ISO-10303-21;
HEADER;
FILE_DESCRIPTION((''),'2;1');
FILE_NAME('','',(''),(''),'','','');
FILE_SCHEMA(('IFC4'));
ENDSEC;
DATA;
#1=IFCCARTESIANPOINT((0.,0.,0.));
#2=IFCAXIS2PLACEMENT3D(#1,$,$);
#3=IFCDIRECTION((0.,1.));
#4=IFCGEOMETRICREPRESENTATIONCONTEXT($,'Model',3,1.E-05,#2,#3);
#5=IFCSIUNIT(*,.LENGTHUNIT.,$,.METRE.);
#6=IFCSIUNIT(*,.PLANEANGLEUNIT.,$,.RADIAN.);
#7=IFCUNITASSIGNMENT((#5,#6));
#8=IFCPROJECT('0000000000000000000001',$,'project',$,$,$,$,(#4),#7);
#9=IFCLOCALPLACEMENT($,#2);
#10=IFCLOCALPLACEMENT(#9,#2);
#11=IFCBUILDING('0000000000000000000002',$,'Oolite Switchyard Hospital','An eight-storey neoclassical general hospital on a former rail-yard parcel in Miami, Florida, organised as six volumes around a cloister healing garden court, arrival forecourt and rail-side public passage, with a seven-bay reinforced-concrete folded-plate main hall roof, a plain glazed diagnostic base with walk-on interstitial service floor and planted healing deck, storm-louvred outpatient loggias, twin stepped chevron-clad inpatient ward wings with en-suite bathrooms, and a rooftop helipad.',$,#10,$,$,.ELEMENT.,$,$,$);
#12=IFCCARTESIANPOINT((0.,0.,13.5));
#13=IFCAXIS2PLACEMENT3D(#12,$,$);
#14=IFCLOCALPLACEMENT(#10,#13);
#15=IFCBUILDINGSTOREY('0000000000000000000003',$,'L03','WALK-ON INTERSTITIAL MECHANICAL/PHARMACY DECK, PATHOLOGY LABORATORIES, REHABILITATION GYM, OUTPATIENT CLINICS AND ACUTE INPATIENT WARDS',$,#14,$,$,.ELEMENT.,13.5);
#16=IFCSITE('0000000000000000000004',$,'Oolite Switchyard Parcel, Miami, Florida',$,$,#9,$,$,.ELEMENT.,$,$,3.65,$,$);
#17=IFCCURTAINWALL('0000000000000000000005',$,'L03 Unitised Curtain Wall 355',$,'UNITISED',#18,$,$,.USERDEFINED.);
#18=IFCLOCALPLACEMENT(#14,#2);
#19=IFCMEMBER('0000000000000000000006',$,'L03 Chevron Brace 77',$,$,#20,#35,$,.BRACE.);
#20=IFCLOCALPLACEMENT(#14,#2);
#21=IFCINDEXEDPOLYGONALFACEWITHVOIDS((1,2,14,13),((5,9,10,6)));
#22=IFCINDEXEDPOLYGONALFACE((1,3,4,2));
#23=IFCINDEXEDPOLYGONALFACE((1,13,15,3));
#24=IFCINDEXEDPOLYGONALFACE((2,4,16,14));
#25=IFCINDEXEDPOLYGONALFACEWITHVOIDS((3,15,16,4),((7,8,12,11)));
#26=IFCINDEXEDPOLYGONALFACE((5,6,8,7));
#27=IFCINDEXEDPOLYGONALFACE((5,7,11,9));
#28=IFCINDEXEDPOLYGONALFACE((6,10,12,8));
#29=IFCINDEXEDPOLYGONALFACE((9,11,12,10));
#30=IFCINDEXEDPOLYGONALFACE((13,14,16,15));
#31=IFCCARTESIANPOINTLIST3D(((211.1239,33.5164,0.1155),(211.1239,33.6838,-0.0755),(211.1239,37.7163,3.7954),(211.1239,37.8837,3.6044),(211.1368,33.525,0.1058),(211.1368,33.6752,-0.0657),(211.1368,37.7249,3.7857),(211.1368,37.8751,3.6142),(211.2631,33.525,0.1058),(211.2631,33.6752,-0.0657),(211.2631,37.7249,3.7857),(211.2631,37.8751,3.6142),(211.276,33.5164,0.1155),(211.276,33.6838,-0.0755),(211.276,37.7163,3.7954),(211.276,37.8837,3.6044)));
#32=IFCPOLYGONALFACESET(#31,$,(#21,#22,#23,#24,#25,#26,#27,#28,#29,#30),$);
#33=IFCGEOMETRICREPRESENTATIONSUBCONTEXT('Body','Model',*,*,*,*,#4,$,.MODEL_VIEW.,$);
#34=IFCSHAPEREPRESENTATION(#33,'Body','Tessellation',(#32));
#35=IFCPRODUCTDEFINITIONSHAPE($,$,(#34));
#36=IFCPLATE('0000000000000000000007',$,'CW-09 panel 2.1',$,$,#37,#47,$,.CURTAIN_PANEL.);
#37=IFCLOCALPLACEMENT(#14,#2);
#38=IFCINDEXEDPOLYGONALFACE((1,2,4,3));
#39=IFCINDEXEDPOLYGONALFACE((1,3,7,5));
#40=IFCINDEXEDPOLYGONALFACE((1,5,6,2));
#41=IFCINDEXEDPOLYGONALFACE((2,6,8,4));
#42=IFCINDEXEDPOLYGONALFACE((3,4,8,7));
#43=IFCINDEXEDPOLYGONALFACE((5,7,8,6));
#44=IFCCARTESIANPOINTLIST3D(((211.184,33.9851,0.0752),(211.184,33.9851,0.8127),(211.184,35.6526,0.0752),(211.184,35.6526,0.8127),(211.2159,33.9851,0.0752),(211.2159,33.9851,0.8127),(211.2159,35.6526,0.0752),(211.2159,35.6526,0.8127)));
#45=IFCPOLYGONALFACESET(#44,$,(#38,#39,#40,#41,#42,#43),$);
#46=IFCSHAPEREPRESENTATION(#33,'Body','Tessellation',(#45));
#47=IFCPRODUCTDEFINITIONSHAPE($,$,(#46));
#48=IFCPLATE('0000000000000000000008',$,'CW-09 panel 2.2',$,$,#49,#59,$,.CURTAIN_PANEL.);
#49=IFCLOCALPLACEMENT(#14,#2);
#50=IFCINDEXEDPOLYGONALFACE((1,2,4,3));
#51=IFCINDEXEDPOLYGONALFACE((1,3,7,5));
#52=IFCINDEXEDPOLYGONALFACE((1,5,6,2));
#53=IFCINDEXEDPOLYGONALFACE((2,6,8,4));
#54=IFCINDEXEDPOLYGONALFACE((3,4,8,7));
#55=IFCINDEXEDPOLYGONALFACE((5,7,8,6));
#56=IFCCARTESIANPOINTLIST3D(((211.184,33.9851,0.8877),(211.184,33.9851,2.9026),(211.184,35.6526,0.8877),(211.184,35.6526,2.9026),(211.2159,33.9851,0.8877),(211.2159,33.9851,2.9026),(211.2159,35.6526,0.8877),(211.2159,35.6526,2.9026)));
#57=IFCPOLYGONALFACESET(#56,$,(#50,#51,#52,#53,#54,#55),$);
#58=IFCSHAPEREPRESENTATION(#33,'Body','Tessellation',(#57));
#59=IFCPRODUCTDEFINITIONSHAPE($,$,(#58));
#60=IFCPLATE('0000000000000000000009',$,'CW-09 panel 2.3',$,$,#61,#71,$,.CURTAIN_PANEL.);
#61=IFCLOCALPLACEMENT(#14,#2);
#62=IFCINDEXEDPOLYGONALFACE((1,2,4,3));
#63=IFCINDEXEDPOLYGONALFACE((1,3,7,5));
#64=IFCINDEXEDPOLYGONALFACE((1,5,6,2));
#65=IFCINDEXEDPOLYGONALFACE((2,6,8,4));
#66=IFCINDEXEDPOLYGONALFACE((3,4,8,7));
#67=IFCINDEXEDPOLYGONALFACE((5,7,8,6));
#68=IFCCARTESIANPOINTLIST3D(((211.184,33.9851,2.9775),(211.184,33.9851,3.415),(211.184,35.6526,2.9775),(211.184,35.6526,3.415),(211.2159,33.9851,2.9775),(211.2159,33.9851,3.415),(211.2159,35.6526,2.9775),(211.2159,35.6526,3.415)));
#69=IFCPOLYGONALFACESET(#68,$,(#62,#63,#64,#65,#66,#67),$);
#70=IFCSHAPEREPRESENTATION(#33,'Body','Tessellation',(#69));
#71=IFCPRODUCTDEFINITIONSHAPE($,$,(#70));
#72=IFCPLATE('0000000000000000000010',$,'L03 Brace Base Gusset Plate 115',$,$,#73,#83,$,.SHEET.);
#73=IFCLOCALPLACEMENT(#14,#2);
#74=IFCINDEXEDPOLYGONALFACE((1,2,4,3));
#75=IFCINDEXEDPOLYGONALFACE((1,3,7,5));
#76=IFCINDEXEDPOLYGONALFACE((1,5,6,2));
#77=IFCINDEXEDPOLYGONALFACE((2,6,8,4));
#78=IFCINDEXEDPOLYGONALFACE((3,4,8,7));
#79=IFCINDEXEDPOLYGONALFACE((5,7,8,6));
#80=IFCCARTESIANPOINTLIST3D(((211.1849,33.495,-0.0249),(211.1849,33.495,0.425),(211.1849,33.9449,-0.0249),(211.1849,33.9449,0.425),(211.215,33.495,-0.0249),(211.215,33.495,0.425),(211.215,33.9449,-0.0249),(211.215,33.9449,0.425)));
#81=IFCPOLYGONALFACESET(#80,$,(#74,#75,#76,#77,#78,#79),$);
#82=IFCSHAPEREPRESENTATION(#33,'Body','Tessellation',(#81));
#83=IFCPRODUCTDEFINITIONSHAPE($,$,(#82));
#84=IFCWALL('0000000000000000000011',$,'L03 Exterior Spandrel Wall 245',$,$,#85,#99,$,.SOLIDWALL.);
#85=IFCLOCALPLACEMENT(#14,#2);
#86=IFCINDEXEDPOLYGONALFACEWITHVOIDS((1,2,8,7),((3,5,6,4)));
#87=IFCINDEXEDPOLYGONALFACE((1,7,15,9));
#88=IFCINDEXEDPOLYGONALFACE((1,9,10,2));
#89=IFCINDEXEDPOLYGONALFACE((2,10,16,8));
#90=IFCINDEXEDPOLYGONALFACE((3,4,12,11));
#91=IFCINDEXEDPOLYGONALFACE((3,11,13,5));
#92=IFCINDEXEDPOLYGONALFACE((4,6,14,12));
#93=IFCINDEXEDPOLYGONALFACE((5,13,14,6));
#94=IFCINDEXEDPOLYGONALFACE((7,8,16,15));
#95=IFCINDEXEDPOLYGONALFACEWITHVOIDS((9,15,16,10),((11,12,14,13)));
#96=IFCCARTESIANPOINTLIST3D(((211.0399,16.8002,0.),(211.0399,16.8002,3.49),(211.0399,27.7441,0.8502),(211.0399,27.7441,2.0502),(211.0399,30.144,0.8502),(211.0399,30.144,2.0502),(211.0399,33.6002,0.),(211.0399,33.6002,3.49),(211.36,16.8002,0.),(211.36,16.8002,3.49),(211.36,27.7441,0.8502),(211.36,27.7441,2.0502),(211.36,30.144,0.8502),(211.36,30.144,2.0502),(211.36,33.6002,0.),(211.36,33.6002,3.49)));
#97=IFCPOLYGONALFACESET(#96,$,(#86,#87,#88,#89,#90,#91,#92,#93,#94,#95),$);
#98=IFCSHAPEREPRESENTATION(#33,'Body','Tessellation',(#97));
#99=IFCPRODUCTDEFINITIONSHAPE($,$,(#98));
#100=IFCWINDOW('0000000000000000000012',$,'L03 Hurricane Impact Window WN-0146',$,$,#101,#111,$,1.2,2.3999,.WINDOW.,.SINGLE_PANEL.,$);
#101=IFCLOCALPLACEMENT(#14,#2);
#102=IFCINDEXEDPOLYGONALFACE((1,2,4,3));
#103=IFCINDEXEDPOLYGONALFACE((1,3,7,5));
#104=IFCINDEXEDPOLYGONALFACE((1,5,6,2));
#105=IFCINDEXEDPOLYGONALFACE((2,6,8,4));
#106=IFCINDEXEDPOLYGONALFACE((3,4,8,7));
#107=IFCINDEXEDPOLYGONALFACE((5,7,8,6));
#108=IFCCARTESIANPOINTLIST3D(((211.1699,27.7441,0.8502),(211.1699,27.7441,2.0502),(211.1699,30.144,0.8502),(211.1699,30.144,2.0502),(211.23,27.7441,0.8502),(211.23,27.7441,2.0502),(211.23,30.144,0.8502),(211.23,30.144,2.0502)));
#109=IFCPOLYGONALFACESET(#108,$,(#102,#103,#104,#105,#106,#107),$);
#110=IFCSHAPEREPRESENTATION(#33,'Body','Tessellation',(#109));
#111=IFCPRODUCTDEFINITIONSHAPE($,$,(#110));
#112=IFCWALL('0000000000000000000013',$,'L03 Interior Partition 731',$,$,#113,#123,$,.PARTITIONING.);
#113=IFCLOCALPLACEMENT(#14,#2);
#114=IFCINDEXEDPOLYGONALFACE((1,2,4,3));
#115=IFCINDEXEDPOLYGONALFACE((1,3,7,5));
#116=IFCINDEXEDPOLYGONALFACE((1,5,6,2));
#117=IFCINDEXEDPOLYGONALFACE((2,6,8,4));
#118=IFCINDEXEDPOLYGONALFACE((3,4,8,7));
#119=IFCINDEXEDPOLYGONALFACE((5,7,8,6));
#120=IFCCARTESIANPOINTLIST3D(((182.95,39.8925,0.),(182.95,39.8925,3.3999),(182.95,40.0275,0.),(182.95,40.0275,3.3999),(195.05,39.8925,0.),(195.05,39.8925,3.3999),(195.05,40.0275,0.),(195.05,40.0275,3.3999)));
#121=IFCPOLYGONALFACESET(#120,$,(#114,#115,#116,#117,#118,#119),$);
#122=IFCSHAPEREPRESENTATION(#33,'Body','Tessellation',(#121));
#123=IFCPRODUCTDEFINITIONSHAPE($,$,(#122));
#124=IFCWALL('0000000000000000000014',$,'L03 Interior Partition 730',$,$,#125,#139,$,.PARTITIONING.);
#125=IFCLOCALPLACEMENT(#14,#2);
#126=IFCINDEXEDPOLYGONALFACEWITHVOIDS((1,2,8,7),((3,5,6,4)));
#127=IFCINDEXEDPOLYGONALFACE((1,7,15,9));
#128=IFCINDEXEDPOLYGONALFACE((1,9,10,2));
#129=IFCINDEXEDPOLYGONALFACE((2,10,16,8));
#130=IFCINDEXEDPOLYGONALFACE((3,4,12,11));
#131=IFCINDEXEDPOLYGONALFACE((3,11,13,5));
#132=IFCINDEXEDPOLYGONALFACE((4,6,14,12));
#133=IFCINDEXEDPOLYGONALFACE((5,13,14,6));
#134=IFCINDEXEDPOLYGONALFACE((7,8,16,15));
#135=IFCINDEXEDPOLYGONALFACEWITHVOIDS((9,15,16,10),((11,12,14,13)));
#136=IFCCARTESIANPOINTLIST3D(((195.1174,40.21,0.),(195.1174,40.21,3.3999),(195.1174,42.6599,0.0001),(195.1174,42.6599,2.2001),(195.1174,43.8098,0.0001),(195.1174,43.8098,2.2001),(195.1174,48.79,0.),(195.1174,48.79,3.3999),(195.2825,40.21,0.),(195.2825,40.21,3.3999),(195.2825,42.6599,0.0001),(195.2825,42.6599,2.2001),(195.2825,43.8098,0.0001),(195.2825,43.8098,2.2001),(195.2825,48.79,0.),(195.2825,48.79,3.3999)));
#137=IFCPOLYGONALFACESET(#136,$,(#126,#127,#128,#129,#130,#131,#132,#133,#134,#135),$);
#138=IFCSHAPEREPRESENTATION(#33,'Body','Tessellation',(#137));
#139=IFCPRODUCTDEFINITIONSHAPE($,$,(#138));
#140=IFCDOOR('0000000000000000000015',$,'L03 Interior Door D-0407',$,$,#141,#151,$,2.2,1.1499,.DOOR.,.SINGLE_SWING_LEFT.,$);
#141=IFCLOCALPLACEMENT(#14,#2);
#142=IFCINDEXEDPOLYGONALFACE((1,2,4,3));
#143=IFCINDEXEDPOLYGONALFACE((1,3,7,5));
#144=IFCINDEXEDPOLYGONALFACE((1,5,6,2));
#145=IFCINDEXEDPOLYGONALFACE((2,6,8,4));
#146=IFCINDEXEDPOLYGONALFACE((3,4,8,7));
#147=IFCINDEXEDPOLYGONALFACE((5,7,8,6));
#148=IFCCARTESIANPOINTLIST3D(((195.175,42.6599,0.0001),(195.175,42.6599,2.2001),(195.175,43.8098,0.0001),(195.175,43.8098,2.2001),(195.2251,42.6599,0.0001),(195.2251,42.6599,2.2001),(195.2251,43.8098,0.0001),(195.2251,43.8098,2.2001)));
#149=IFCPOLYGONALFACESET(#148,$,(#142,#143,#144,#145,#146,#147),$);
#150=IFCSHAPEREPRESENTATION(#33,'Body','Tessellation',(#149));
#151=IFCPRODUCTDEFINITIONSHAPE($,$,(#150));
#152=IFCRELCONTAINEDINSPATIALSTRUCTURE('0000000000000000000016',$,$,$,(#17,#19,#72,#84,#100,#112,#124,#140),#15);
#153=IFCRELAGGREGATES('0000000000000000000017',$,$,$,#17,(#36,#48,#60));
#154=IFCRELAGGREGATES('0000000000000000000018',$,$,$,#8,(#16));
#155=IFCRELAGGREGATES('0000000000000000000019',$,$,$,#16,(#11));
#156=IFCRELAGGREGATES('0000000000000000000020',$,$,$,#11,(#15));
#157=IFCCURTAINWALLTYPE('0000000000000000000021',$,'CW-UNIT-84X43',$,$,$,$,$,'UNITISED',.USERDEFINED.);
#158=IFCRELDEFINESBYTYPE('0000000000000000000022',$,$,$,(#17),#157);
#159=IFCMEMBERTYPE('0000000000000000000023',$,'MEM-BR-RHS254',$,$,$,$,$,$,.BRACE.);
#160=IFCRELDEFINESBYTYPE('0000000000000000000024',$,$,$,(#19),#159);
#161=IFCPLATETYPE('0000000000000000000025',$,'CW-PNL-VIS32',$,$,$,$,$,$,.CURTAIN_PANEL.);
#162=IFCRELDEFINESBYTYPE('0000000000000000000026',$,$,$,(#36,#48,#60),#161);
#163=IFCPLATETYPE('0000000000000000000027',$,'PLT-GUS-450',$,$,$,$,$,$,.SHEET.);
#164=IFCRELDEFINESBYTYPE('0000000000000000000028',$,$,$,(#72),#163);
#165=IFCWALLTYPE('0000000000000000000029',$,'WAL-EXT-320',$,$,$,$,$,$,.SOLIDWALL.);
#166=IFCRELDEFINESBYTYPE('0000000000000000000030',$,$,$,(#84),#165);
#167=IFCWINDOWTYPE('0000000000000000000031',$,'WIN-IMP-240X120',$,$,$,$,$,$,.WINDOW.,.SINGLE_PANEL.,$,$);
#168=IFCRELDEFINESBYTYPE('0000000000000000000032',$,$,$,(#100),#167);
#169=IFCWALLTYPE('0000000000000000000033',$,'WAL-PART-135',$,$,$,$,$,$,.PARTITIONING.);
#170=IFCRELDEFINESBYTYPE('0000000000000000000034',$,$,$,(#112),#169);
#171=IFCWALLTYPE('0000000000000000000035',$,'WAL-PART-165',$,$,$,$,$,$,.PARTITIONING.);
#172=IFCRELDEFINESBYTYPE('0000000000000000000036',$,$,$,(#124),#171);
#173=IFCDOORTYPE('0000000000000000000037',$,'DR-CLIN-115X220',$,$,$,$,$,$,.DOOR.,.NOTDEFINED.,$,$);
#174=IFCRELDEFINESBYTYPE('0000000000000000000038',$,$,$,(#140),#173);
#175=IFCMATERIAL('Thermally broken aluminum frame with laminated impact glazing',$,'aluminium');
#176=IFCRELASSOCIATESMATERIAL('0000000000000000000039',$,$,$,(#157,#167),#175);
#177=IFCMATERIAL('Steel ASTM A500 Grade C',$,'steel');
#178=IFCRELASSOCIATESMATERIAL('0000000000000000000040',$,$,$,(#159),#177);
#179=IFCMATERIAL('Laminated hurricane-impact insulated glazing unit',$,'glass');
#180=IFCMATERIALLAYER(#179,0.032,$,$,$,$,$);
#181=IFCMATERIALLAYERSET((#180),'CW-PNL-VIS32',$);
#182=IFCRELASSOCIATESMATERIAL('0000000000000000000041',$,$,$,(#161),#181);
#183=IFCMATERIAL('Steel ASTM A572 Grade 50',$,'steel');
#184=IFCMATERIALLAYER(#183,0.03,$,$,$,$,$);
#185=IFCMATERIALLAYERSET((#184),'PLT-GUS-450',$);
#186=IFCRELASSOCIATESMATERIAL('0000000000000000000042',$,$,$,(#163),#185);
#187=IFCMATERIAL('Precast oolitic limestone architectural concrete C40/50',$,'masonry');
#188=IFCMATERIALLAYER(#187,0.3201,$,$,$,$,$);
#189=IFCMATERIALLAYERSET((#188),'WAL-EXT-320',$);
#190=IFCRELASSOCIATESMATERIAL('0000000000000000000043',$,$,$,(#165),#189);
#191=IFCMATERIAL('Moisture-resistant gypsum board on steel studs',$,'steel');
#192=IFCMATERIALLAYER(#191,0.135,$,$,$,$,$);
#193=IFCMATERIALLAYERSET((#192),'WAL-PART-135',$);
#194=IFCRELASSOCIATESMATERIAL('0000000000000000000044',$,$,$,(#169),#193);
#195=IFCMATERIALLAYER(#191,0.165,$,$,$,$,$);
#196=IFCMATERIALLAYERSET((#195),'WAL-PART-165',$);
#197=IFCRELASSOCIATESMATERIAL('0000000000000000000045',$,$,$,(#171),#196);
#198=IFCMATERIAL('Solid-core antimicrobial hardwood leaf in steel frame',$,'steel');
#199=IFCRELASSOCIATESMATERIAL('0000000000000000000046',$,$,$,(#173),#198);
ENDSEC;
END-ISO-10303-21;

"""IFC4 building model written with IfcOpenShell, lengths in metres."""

from ifc_helpers import new_model, si_unit, direction, frame, frame_2d, origin, origin_2d, place, context, subcontext, project, spatial, rectangle, hollow_rectangle, extrude, material, layer, layer_set, material_profile, profile_set, type_object, element, fill, aggregate, save


model = new_model("IFC4")

# Units and contexts
model_context = context("Model", 3, precision=1e-05, world=origin(), true_north=direction((0.0, 1.0)))
body_context = subcontext(model_context, "Body", "Model", "MODEL_VIEW")
ifc_project = project(units=[si_unit("LENGTHUNIT", "METRE"), si_unit("PLANEANGLEUNIT", "RADIAN")], contexts=[model_context])

# Site, building, storey
site_placement = place(None, origin())
site = spatial("IfcSite", under=ifc_project, at=site_placement, Name="Oolite Switchyard Parcel, Miami, Florida", CompositionType="ELEMENT", RefElevation=3.65)
building_placement = place(site_placement, origin())
building = spatial("IfcBuilding", under=site, at=building_placement, Name="Oolite Switchyard Hospital", Description="An eight-storey neoclassical general hospital on a former rail-yard parcel in Miami, Florida, organised as six volumes around a cloister healing garden court, arrival forecourt and rail-side public passage, with a seven-bay reinforced-concrete folded-plate main hall roof, a plain glazed diagnostic base with walk-on interstitial service floor and planted healing deck, storm-louvred outpatient loggias, twin stepped chevron-clad inpatient ward wings with en-suite bathrooms, and a rooftop helipad.", CompositionType="ELEMENT")
storey_placement = place(building_placement, frame((0.0, 0.0, 13.5)))
storey = spatial("IfcBuildingStorey", under=building, at=storey_placement, Name="L03", Description="WALK-ON INTERSTITIAL MECHANICAL/PHARMACY DECK, PATHOLOGY LABORATORIES, REHABILITATION GYM, OUTPATIENT CLINICS AND ACUTE INPATIENT WARDS", CompositionType="ELEMENT", Elevation=13.5)

# Curtain wall
ifc_material_1 = material(Name="Thermally broken aluminum frame with laminated impact glazing", Category="aluminium")
curtain_wall_type = type_object("IfcCurtainWallType", Name="CW-UNIT-84X43", ElementType="UNITISED", PredefinedType="USERDEFINED", material=ifc_material_1)
curtain_wall_placement = place(storey_placement, origin())
curtain_wall = element("IfcCurtainWall", 1, at=curtain_wall_placement, inside=storey, type_object=curtain_wall_type, Name="L03 Unitised Curtain Wall 355", ObjectType="UNITISED", PredefinedType="USERDEFINED")

# Member
ifc_material_2 = material(Name="Steel ASTM A500 Grade C", Category="steel")
ifc_material_profile_1 = material_profile(ifc_material_2, hollow_rectangle(XDim=0.1521, YDim=0.2539, WallThickness=0.0129, at=origin_2d()), Name="HSS254X152X13")
ifc_profile_set_1 = profile_set([ifc_material_profile_1], Name="Steel ASTM A500 Grade C")
member_type_1 = type_object("IfcMemberType", Name="MEM-BR-RHS254", PredefinedType="BRACE", material=ifc_profile_set_1)
member_1_placement = place(storey_placement, frame((211.2, 33.6001, 0.02), z_axis=(0.0, 0.752135, 0.659009), x_axis=(-1.0, 0.0, 0.0)))
element("IfcMember", 2, at=member_1_placement, inside=storey, type_object=member_type_1, Name="L03 Chevron Brace 77", PredefinedType="BRACE", context=body_context, shape_type="SweptSolid", body=[
    extrude(hollow_rectangle(XDim=0.1521, YDim=0.2539, WallThickness=0.0129, at=origin_2d()), origin(), (0.0, 0.0, 1.0), 5.584),
])

# Plates
ifc_material_3 = material(Name="Laminated hurricane-impact insulated glazing unit", Category="glass")
ifc_layer_1 = layer(ifc_material_3, 0.032)
ifc_layer_set_1 = layer_set([ifc_layer_1], Name="CW-PNL-VIS32")
plate_type_1 = type_object("IfcPlateType", Name="CW-PNL-VIS32", PredefinedType="CURTAIN_PANEL", material=ifc_layer_set_1)
plate_1_placement = place(storey_placement, frame((211.2, 34.8188, 0.0752), z_axis=(0.0, 0.0, 1.0), x_axis=(0.0, -1.0, 0.0)))
plate_1 = element("IfcPlate", 3, at=plate_1_placement, type_object=plate_type_1, Name="CW-09 panel 2.1", PredefinedType="CURTAIN_PANEL", context=body_context, shape_type="SweptSolid", body=[
    extrude(rectangle(XDim=1.6675, YDim=0.032, at=origin_2d()), origin(), (0.0, 0.0, 1.0), 0.7375),
])
plate_2_placement = place(storey_placement, frame((211.2, 34.8188, 0.8877), z_axis=(0.0, 0.0, 1.0), x_axis=(0.0, -1.0, 0.0)))
plate_2 = element("IfcPlate", 4, at=plate_2_placement, type_object=plate_type_1, Name="CW-09 panel 2.2", PredefinedType="CURTAIN_PANEL", context=body_context, shape_type="SweptSolid", body=[
    extrude(rectangle(XDim=1.6675, YDim=0.032, at=origin_2d()), origin(), (0.0, 0.0, 1.0), 2.0149),
])
plate_3_placement = place(storey_placement, frame((211.2, 34.8188, 2.9775), z_axis=(0.0, 0.0, 1.0), x_axis=(0.0, -1.0, 0.0)))
plate_3 = element("IfcPlate", 5, at=plate_3_placement, type_object=plate_type_1, Name="CW-09 panel 2.3", PredefinedType="CURTAIN_PANEL", context=body_context, shape_type="SweptSolid", body=[
    extrude(rectangle(XDim=1.6675, YDim=0.032, at=origin_2d()), origin(), (0.0, 0.0, 1.0), 0.4375),
])
aggregate(curtain_wall, [plate_1, plate_2, plate_3])
ifc_material_4 = material(Name="Steel ASTM A572 Grade 50", Category="steel")
ifc_layer_2 = layer(ifc_material_4, 0.03)
ifc_layer_set_2 = layer_set([ifc_layer_2], Name="PLT-GUS-450")
plate_type_2 = type_object("IfcPlateType", Name="PLT-GUS-450", PredefinedType="SHEET", material=ifc_layer_set_2)
plate_4_placement = place(storey_placement, frame((211.2, 33.72, -0.0249), z_axis=(0.0, 0.0, 1.0), x_axis=(0.0, 1.0, 0.0)))
element("IfcPlate", 6, at=plate_4_placement, inside=storey, type_object=plate_type_2, Name="L03 Brace Base Gusset Plate 115", PredefinedType="SHEET", context=body_context, shape_type="SweptSolid", body=[
    extrude(rectangle(XDim=0.45, YDim=0.03, at=origin_2d()), origin(), (0.0, 0.0, 1.0), 0.45),
])

# Wall, opening, window
ifc_material_5 = material(Name="Precast oolitic limestone architectural concrete C40/50", Category="masonry")
ifc_layer_3 = layer(ifc_material_5, 0.3201)
ifc_layer_set_3 = layer_set([ifc_layer_3], Name="WAL-EXT-320")
wall_type_1 = type_object("IfcWallType", Name="WAL-EXT-320", PredefinedType="SOLIDWALL", material=ifc_layer_set_3)
wall_1_placement = place(storey_placement, frame((211.2, 33.6001, 0.0), z_axis=(0.0, 0.0, 1.0), x_axis=(0.0, -1.0, 0.0)))
wall_1 = element("IfcWall", 7, at=wall_1_placement, inside=storey, type_object=wall_type_1, Name="L03 Exterior Spandrel Wall 245", PredefinedType="SOLIDWALL", context=body_context, shape_type="SweptSolid", body=[
    extrude(rectangle(XDim=16.8, YDim=0.3201, at=frame_2d((8.3999, 0.0))), origin(), (0.0, 0.0, 1.0), 3.49),
])
opening_1_placement = place(wall_1_placement, frame((3.4561, 0.0, 0.8501)))
opening_1 = element("IfcOpeningElement", 8, at=opening_1_placement, cuts=wall_1, PredefinedType="OPENING", context=body_context, shape_type="SweptSolid", body=[
    extrude(rectangle(XDim=2.3999, YDim=1.2, at=frame_2d((1.2, 0.6001))), frame((0.0, 0.1699, 0.0), z_axis=(0.0, -1.0, 0.0), x_axis=(1.0, 0.0, 0.0)), (0.0, 0.0, 1.0), 0.3401),
])
window_type = type_object("IfcWindowType", Name="WIN-IMP-240X120", PartitioningType="SINGLE_PANEL", PredefinedType="WINDOW", material=ifc_material_1)
window_placement = place(opening_1_placement, origin())
window = element("IfcWindow", 9, at=window_placement, inside=storey, type_object=window_type, Name="L03 Hurricane Impact Window WN-0146", OverallHeight=1.2, OverallWidth=2.3999, PartitioningType="SINGLE_PANEL", PredefinedType="WINDOW", context=body_context, shape_type="SweptSolid", body=[
    extrude(rectangle(XDim=2.3999, YDim=1.2, at=frame_2d((1.2, 0.6001))), frame((0.0, 0.03, 0.0), z_axis=(0.0, -1.0, 0.0), x_axis=(1.0, 0.0, 0.0)), (0.0, 0.0, 1.0), 0.0601),
])
fill(opening_1, window)

# Wall
ifc_material_6 = material(Name="Moisture-resistant gypsum board on steel studs", Category="steel")
ifc_layer_4 = layer(ifc_material_6, 0.135)
ifc_layer_set_4 = layer_set([ifc_layer_4], Name="WAL-PART-135")
wall_type_2 = type_object("IfcWallType", Name="WAL-PART-135", PredefinedType="PARTITIONING", material=ifc_layer_set_4)
wall_2_placement = place(storey_placement, frame((182.95, 39.96, 0.0), z_axis=(0.0, 0.0, 1.0), x_axis=(1.0, 0.0, 0.0)))
element("IfcWall", 10, at=wall_2_placement, inside=storey, type_object=wall_type_2, Name="L03 Interior Partition 731", PredefinedType="PARTITIONING", context=body_context, shape_type="SweptSolid", body=[
    extrude(rectangle(XDim=12.1001, YDim=0.135, at=frame_2d((6.05, 0.0))), origin(), (0.0, 0.0, 1.0), 3.3999),
])

# Wall, opening, door
ifc_layer_5 = layer(ifc_material_6, 0.165)
ifc_layer_set_5 = layer_set([ifc_layer_5], Name="WAL-PART-165")
wall_type_3 = type_object("IfcWallType", Name="WAL-PART-165", PredefinedType="PARTITIONING", material=ifc_layer_set_5)
wall_3_placement = place(storey_placement, frame((195.2, 40.21, 0.0), z_axis=(0.0, 0.0, 1.0), x_axis=(0.0, 1.0, 0.0)))
wall_3 = element("IfcWall", 11, at=wall_3_placement, inside=storey, type_object=wall_type_3, Name="L03 Interior Partition 730", PredefinedType="PARTITIONING", context=body_context, shape_type="SweptSolid", body=[
    extrude(rectangle(XDim=8.5801, YDim=0.165, at=frame_2d((4.29, 0.0))), origin(), (0.0, 0.0, 1.0), 3.3999),
])
opening_2_placement = place(wall_3_placement, frame((2.45, 0.0, 0.0)))
opening_2 = element("IfcOpeningElement", 12, at=opening_2_placement, cuts=wall_3, PredefinedType="OPENING", context=body_context, shape_type="SweptSolid", body=[
    extrude(rectangle(XDim=1.1499, YDim=2.2, at=frame_2d((0.575, 1.1001))), frame((0.0, 0.0925, 0.0), z_axis=(0.0, -1.0, 0.0), x_axis=(1.0, 0.0, 0.0)), (0.0, 0.0, 1.0), 0.1851),
])
ifc_material_7 = material(Name="Solid-core antimicrobial hardwood leaf in steel frame", Category="steel")
door_type = type_object("IfcDoorType", Name="DR-CLIN-115X220", OperationType="NOTDEFINED", PredefinedType="DOOR", material=ifc_material_7)
door_placement = place(opening_2_placement, origin())
door = element("IfcDoor", 13, at=door_placement, inside=storey, type_object=door_type, Name="L03 Interior Door D-0407", OperationType="SINGLE_SWING_LEFT", OverallHeight=2.2, OverallWidth=1.1499, PredefinedType="DOOR", context=body_context, shape_type="SweptSolid", body=[
    extrude(rectangle(XDim=1.1499, YDim=2.2, at=frame_2d((0.575, 1.1001))), frame((0.0, 0.0249, 0.0), z_axis=(0.0, -1.0, 0.0), x_axis=(1.0, 0.0, 0.0)), (0.0, 0.0, 1.0), 0.05),
])
fill(opening_2, door)

save(model, "model.ifc")
